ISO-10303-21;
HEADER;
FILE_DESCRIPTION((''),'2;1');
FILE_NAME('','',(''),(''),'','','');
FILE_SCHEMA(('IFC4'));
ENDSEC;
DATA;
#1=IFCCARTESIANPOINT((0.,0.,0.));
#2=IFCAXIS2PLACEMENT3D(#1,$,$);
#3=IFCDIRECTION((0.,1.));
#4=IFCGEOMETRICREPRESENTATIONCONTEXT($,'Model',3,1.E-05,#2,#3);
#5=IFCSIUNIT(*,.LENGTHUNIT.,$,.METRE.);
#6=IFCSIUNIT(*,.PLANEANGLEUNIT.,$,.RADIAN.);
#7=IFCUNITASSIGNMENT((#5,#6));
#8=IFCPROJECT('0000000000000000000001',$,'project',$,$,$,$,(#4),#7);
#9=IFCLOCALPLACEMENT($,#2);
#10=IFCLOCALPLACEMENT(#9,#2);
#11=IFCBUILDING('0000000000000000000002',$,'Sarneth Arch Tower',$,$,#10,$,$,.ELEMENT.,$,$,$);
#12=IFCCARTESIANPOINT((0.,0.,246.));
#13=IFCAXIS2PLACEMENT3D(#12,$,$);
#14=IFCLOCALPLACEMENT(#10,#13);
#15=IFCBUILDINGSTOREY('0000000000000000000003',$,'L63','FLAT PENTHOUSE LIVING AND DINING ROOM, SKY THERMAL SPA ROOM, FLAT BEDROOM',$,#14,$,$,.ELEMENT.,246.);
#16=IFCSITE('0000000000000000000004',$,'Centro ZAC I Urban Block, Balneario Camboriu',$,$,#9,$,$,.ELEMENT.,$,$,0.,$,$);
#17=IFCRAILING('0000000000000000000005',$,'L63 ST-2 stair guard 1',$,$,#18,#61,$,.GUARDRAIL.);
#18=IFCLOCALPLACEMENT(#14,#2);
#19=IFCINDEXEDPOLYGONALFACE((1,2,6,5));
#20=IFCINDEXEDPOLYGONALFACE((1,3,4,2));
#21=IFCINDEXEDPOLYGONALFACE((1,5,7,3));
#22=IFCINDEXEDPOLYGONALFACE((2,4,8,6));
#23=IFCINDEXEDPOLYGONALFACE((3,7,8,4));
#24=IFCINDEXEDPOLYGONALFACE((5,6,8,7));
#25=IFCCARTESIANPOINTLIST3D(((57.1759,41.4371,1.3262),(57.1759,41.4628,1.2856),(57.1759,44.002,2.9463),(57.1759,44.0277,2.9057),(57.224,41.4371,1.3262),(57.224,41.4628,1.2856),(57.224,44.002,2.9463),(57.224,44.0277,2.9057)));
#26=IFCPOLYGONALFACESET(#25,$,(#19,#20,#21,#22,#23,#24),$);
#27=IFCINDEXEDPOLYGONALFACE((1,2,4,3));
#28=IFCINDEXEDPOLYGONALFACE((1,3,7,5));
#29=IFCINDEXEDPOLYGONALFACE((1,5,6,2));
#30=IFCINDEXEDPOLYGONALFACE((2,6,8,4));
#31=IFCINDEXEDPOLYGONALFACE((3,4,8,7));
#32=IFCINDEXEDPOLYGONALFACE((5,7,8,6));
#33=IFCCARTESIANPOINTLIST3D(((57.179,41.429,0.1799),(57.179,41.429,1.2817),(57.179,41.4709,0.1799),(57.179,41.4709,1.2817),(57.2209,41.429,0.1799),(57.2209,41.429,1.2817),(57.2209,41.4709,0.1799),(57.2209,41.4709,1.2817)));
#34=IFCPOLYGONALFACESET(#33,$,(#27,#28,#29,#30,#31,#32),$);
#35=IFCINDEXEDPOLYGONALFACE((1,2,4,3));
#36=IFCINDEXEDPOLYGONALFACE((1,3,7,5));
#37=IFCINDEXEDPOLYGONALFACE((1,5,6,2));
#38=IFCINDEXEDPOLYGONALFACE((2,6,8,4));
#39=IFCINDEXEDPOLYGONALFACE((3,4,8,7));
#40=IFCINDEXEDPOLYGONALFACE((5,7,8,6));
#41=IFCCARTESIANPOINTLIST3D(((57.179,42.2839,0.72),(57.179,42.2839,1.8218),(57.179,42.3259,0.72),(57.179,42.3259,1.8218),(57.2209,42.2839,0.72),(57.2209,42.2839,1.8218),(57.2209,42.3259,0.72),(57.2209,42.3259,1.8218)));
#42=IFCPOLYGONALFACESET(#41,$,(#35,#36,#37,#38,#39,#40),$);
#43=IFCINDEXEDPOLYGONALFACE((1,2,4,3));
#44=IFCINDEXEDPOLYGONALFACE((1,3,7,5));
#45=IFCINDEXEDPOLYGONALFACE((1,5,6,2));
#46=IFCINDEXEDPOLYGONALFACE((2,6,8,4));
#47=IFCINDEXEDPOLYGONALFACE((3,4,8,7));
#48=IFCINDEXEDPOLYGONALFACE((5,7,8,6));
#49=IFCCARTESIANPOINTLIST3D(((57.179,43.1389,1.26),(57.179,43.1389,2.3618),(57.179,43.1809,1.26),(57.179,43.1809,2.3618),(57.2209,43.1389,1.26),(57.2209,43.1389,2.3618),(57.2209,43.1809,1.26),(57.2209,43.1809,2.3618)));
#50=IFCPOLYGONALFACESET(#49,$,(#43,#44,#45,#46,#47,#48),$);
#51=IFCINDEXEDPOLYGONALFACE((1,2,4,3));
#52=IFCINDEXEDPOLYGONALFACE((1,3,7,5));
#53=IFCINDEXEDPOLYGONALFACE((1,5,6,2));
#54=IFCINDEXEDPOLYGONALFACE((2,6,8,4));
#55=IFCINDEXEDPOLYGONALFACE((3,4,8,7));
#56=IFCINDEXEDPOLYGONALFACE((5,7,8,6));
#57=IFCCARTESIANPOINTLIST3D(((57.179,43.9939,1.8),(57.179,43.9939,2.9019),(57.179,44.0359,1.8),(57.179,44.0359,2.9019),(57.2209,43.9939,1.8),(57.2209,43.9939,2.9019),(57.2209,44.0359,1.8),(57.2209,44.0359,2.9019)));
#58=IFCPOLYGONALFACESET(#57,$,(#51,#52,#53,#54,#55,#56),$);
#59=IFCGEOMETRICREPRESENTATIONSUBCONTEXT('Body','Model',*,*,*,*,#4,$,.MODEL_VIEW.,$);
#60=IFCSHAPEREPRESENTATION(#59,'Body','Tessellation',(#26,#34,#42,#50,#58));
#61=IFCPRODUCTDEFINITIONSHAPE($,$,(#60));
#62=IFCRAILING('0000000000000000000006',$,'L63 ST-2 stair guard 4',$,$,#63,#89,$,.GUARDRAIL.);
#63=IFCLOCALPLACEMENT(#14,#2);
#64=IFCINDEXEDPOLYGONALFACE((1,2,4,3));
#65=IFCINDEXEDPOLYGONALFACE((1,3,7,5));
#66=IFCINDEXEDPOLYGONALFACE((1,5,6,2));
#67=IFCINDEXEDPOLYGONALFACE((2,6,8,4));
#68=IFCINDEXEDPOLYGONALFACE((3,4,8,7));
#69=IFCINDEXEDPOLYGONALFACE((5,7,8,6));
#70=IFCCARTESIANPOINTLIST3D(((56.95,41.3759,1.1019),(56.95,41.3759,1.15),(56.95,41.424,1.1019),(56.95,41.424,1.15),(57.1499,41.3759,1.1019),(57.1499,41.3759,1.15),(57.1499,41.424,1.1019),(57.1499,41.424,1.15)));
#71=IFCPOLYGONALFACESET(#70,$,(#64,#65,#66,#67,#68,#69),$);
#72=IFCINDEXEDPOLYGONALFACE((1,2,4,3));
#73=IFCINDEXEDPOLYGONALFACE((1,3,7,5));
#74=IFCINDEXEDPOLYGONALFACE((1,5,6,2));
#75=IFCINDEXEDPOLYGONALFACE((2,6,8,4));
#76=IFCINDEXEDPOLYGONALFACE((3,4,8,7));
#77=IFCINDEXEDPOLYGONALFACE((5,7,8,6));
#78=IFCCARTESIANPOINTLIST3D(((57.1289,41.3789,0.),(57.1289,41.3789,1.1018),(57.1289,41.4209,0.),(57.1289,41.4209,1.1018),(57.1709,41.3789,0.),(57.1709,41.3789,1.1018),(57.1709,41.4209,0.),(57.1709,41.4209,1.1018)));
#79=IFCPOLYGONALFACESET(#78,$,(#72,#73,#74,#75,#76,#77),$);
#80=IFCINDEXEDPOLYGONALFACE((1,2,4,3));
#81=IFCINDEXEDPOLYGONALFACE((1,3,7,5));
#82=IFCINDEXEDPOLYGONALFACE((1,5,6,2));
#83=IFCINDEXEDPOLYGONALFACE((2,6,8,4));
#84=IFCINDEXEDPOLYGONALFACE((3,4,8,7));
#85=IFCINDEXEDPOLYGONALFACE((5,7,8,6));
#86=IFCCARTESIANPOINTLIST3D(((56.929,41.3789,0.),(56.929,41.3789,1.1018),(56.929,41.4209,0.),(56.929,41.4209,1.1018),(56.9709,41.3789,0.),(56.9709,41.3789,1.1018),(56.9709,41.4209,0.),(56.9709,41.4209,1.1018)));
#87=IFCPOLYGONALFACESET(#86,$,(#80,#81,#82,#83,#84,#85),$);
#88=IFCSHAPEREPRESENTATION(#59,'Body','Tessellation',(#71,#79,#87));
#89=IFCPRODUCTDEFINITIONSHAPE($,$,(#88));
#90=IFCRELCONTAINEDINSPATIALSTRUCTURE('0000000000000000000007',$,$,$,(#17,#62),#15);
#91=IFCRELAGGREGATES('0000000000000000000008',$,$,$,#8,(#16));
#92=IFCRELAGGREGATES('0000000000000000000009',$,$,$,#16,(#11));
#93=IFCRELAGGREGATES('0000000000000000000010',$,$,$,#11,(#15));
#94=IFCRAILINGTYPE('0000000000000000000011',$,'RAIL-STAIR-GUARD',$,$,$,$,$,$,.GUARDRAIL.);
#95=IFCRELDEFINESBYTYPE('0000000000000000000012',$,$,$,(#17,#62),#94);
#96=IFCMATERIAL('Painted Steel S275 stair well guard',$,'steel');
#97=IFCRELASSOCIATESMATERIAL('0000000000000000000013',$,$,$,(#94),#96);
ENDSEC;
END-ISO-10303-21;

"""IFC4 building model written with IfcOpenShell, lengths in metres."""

from ifc_helpers import new_model, si_unit, direction, frame, origin, origin_2d, place, context, subcontext, project, spatial, rectangle, extrude, material, type_object, element, save


model = new_model("IFC4")

# Units and contexts
model_context = context("Model", 3, precision=1e-05, world=origin(), true_north=direction((0.0, 1.0)))
body_context = subcontext(model_context, "Body", "Model", "MODEL_VIEW")
ifc_project = project(units=[si_unit("LENGTHUNIT", "METRE"), si_unit("PLANEANGLEUNIT", "RADIAN")], contexts=[model_context])

# Site, building, storey
site_placement = place(None, origin())
site = spatial("IfcSite", under=ifc_project, at=site_placement, Name="Centro ZAC I Urban Block, Balneario Camboriu", CompositionType="ELEMENT", RefElevation=0.0)
building_placement = place(site_placement, origin())
building = spatial("IfcBuilding", under=site, at=building_placement, Name="Sarneth Arch Tower", CompositionType="ELEMENT")
storey_placement = place(building_placement, frame((0.0, 0.0, 246.0)))
storey = spatial("IfcBuildingStorey", under=building, at=storey_placement, Name="L63", Description="FLAT PENTHOUSE LIVING AND DINING ROOM, SKY THERMAL SPA ROOM, FLAT BEDROOM", CompositionType="ELEMENT", Elevation=246.0)

# Railings
ifc_material_1 = material(Name="Painted Steel S275 stair well guard", Category="steel")
railing_type_1 = type_object("IfcRailingType", Name="RAIL-STAIR-GUARD", PredefinedType="GUARDRAIL", material=ifc_material_1)
railing_1_placement = place(storey_placement, frame((57.2, 41.45, 0.1799)))
element("IfcRailing", 1, at=railing_1_placement, inside=storey, type_object=railing_type_1, Name="L63 ST-2 stair guard 1", PredefinedType="GUARDRAIL", context=body_context, shape_type="SweptSolid", body=[
    extrude(rectangle(XDim=0.0481, YDim=0.0481, at=origin_2d()), frame((0.0, 0.0, 1.126), z_axis=(0.0, 0.845466, 0.534029), x_axis=(-1.0, 0.0, 0.0)), (0.0, 0.0, 1.0), 3.0337),
    extrude(rectangle(XDim=0.042, YDim=0.042, at=origin_2d()), origin(), (0.0, 0.0, 1.0), 1.1018),
    extrude(rectangle(XDim=0.042, YDim=0.042, at=origin_2d()), frame((0.0, 0.855, 0.54)), (0.0, 0.0, 1.0), 1.1018),
    extrude(rectangle(XDim=0.042, YDim=0.042, at=origin_2d()), frame((0.0, 1.71, 1.0801)), (0.0, 0.0, 1.0), 1.1018),
    extrude(rectangle(XDim=0.042, YDim=0.042, at=origin_2d()), frame((0.0, 2.5649, 1.6201)), (0.0, 0.0, 1.0), 1.1018),
])
railing_2_placement = place(storey_placement, frame((57.1499, 41.3999, 0.0)))
element("IfcRailing", 2, at=railing_2_placement, inside=storey, type_object=railing_type_1, Name="L63 ST-2 stair guard 4", PredefinedType="GUARDRAIL", context=body_context, shape_type="SweptSolid", body=[
    extrude(rectangle(XDim=0.0481, YDim=0.0481, at=origin_2d()), frame((0.0, 0.0, 1.126), z_axis=(-1.0, 0.0, 0.0), x_axis=(0.0, -1.0, 0.0)), (0.0, 0.0, 1.0), 0.2),
    extrude(rectangle(XDim=0.042, YDim=0.042, at=origin_2d()), origin(), (0.0, 0.0, 1.0), 1.1018),
    extrude(rectangle(XDim=0.042, YDim=0.042, at=origin_2d()), frame((-0.2, 0.0, 0.0)), (0.0, 0.0, 1.0), 1.1018),
])

save(model, "model.ifc")
